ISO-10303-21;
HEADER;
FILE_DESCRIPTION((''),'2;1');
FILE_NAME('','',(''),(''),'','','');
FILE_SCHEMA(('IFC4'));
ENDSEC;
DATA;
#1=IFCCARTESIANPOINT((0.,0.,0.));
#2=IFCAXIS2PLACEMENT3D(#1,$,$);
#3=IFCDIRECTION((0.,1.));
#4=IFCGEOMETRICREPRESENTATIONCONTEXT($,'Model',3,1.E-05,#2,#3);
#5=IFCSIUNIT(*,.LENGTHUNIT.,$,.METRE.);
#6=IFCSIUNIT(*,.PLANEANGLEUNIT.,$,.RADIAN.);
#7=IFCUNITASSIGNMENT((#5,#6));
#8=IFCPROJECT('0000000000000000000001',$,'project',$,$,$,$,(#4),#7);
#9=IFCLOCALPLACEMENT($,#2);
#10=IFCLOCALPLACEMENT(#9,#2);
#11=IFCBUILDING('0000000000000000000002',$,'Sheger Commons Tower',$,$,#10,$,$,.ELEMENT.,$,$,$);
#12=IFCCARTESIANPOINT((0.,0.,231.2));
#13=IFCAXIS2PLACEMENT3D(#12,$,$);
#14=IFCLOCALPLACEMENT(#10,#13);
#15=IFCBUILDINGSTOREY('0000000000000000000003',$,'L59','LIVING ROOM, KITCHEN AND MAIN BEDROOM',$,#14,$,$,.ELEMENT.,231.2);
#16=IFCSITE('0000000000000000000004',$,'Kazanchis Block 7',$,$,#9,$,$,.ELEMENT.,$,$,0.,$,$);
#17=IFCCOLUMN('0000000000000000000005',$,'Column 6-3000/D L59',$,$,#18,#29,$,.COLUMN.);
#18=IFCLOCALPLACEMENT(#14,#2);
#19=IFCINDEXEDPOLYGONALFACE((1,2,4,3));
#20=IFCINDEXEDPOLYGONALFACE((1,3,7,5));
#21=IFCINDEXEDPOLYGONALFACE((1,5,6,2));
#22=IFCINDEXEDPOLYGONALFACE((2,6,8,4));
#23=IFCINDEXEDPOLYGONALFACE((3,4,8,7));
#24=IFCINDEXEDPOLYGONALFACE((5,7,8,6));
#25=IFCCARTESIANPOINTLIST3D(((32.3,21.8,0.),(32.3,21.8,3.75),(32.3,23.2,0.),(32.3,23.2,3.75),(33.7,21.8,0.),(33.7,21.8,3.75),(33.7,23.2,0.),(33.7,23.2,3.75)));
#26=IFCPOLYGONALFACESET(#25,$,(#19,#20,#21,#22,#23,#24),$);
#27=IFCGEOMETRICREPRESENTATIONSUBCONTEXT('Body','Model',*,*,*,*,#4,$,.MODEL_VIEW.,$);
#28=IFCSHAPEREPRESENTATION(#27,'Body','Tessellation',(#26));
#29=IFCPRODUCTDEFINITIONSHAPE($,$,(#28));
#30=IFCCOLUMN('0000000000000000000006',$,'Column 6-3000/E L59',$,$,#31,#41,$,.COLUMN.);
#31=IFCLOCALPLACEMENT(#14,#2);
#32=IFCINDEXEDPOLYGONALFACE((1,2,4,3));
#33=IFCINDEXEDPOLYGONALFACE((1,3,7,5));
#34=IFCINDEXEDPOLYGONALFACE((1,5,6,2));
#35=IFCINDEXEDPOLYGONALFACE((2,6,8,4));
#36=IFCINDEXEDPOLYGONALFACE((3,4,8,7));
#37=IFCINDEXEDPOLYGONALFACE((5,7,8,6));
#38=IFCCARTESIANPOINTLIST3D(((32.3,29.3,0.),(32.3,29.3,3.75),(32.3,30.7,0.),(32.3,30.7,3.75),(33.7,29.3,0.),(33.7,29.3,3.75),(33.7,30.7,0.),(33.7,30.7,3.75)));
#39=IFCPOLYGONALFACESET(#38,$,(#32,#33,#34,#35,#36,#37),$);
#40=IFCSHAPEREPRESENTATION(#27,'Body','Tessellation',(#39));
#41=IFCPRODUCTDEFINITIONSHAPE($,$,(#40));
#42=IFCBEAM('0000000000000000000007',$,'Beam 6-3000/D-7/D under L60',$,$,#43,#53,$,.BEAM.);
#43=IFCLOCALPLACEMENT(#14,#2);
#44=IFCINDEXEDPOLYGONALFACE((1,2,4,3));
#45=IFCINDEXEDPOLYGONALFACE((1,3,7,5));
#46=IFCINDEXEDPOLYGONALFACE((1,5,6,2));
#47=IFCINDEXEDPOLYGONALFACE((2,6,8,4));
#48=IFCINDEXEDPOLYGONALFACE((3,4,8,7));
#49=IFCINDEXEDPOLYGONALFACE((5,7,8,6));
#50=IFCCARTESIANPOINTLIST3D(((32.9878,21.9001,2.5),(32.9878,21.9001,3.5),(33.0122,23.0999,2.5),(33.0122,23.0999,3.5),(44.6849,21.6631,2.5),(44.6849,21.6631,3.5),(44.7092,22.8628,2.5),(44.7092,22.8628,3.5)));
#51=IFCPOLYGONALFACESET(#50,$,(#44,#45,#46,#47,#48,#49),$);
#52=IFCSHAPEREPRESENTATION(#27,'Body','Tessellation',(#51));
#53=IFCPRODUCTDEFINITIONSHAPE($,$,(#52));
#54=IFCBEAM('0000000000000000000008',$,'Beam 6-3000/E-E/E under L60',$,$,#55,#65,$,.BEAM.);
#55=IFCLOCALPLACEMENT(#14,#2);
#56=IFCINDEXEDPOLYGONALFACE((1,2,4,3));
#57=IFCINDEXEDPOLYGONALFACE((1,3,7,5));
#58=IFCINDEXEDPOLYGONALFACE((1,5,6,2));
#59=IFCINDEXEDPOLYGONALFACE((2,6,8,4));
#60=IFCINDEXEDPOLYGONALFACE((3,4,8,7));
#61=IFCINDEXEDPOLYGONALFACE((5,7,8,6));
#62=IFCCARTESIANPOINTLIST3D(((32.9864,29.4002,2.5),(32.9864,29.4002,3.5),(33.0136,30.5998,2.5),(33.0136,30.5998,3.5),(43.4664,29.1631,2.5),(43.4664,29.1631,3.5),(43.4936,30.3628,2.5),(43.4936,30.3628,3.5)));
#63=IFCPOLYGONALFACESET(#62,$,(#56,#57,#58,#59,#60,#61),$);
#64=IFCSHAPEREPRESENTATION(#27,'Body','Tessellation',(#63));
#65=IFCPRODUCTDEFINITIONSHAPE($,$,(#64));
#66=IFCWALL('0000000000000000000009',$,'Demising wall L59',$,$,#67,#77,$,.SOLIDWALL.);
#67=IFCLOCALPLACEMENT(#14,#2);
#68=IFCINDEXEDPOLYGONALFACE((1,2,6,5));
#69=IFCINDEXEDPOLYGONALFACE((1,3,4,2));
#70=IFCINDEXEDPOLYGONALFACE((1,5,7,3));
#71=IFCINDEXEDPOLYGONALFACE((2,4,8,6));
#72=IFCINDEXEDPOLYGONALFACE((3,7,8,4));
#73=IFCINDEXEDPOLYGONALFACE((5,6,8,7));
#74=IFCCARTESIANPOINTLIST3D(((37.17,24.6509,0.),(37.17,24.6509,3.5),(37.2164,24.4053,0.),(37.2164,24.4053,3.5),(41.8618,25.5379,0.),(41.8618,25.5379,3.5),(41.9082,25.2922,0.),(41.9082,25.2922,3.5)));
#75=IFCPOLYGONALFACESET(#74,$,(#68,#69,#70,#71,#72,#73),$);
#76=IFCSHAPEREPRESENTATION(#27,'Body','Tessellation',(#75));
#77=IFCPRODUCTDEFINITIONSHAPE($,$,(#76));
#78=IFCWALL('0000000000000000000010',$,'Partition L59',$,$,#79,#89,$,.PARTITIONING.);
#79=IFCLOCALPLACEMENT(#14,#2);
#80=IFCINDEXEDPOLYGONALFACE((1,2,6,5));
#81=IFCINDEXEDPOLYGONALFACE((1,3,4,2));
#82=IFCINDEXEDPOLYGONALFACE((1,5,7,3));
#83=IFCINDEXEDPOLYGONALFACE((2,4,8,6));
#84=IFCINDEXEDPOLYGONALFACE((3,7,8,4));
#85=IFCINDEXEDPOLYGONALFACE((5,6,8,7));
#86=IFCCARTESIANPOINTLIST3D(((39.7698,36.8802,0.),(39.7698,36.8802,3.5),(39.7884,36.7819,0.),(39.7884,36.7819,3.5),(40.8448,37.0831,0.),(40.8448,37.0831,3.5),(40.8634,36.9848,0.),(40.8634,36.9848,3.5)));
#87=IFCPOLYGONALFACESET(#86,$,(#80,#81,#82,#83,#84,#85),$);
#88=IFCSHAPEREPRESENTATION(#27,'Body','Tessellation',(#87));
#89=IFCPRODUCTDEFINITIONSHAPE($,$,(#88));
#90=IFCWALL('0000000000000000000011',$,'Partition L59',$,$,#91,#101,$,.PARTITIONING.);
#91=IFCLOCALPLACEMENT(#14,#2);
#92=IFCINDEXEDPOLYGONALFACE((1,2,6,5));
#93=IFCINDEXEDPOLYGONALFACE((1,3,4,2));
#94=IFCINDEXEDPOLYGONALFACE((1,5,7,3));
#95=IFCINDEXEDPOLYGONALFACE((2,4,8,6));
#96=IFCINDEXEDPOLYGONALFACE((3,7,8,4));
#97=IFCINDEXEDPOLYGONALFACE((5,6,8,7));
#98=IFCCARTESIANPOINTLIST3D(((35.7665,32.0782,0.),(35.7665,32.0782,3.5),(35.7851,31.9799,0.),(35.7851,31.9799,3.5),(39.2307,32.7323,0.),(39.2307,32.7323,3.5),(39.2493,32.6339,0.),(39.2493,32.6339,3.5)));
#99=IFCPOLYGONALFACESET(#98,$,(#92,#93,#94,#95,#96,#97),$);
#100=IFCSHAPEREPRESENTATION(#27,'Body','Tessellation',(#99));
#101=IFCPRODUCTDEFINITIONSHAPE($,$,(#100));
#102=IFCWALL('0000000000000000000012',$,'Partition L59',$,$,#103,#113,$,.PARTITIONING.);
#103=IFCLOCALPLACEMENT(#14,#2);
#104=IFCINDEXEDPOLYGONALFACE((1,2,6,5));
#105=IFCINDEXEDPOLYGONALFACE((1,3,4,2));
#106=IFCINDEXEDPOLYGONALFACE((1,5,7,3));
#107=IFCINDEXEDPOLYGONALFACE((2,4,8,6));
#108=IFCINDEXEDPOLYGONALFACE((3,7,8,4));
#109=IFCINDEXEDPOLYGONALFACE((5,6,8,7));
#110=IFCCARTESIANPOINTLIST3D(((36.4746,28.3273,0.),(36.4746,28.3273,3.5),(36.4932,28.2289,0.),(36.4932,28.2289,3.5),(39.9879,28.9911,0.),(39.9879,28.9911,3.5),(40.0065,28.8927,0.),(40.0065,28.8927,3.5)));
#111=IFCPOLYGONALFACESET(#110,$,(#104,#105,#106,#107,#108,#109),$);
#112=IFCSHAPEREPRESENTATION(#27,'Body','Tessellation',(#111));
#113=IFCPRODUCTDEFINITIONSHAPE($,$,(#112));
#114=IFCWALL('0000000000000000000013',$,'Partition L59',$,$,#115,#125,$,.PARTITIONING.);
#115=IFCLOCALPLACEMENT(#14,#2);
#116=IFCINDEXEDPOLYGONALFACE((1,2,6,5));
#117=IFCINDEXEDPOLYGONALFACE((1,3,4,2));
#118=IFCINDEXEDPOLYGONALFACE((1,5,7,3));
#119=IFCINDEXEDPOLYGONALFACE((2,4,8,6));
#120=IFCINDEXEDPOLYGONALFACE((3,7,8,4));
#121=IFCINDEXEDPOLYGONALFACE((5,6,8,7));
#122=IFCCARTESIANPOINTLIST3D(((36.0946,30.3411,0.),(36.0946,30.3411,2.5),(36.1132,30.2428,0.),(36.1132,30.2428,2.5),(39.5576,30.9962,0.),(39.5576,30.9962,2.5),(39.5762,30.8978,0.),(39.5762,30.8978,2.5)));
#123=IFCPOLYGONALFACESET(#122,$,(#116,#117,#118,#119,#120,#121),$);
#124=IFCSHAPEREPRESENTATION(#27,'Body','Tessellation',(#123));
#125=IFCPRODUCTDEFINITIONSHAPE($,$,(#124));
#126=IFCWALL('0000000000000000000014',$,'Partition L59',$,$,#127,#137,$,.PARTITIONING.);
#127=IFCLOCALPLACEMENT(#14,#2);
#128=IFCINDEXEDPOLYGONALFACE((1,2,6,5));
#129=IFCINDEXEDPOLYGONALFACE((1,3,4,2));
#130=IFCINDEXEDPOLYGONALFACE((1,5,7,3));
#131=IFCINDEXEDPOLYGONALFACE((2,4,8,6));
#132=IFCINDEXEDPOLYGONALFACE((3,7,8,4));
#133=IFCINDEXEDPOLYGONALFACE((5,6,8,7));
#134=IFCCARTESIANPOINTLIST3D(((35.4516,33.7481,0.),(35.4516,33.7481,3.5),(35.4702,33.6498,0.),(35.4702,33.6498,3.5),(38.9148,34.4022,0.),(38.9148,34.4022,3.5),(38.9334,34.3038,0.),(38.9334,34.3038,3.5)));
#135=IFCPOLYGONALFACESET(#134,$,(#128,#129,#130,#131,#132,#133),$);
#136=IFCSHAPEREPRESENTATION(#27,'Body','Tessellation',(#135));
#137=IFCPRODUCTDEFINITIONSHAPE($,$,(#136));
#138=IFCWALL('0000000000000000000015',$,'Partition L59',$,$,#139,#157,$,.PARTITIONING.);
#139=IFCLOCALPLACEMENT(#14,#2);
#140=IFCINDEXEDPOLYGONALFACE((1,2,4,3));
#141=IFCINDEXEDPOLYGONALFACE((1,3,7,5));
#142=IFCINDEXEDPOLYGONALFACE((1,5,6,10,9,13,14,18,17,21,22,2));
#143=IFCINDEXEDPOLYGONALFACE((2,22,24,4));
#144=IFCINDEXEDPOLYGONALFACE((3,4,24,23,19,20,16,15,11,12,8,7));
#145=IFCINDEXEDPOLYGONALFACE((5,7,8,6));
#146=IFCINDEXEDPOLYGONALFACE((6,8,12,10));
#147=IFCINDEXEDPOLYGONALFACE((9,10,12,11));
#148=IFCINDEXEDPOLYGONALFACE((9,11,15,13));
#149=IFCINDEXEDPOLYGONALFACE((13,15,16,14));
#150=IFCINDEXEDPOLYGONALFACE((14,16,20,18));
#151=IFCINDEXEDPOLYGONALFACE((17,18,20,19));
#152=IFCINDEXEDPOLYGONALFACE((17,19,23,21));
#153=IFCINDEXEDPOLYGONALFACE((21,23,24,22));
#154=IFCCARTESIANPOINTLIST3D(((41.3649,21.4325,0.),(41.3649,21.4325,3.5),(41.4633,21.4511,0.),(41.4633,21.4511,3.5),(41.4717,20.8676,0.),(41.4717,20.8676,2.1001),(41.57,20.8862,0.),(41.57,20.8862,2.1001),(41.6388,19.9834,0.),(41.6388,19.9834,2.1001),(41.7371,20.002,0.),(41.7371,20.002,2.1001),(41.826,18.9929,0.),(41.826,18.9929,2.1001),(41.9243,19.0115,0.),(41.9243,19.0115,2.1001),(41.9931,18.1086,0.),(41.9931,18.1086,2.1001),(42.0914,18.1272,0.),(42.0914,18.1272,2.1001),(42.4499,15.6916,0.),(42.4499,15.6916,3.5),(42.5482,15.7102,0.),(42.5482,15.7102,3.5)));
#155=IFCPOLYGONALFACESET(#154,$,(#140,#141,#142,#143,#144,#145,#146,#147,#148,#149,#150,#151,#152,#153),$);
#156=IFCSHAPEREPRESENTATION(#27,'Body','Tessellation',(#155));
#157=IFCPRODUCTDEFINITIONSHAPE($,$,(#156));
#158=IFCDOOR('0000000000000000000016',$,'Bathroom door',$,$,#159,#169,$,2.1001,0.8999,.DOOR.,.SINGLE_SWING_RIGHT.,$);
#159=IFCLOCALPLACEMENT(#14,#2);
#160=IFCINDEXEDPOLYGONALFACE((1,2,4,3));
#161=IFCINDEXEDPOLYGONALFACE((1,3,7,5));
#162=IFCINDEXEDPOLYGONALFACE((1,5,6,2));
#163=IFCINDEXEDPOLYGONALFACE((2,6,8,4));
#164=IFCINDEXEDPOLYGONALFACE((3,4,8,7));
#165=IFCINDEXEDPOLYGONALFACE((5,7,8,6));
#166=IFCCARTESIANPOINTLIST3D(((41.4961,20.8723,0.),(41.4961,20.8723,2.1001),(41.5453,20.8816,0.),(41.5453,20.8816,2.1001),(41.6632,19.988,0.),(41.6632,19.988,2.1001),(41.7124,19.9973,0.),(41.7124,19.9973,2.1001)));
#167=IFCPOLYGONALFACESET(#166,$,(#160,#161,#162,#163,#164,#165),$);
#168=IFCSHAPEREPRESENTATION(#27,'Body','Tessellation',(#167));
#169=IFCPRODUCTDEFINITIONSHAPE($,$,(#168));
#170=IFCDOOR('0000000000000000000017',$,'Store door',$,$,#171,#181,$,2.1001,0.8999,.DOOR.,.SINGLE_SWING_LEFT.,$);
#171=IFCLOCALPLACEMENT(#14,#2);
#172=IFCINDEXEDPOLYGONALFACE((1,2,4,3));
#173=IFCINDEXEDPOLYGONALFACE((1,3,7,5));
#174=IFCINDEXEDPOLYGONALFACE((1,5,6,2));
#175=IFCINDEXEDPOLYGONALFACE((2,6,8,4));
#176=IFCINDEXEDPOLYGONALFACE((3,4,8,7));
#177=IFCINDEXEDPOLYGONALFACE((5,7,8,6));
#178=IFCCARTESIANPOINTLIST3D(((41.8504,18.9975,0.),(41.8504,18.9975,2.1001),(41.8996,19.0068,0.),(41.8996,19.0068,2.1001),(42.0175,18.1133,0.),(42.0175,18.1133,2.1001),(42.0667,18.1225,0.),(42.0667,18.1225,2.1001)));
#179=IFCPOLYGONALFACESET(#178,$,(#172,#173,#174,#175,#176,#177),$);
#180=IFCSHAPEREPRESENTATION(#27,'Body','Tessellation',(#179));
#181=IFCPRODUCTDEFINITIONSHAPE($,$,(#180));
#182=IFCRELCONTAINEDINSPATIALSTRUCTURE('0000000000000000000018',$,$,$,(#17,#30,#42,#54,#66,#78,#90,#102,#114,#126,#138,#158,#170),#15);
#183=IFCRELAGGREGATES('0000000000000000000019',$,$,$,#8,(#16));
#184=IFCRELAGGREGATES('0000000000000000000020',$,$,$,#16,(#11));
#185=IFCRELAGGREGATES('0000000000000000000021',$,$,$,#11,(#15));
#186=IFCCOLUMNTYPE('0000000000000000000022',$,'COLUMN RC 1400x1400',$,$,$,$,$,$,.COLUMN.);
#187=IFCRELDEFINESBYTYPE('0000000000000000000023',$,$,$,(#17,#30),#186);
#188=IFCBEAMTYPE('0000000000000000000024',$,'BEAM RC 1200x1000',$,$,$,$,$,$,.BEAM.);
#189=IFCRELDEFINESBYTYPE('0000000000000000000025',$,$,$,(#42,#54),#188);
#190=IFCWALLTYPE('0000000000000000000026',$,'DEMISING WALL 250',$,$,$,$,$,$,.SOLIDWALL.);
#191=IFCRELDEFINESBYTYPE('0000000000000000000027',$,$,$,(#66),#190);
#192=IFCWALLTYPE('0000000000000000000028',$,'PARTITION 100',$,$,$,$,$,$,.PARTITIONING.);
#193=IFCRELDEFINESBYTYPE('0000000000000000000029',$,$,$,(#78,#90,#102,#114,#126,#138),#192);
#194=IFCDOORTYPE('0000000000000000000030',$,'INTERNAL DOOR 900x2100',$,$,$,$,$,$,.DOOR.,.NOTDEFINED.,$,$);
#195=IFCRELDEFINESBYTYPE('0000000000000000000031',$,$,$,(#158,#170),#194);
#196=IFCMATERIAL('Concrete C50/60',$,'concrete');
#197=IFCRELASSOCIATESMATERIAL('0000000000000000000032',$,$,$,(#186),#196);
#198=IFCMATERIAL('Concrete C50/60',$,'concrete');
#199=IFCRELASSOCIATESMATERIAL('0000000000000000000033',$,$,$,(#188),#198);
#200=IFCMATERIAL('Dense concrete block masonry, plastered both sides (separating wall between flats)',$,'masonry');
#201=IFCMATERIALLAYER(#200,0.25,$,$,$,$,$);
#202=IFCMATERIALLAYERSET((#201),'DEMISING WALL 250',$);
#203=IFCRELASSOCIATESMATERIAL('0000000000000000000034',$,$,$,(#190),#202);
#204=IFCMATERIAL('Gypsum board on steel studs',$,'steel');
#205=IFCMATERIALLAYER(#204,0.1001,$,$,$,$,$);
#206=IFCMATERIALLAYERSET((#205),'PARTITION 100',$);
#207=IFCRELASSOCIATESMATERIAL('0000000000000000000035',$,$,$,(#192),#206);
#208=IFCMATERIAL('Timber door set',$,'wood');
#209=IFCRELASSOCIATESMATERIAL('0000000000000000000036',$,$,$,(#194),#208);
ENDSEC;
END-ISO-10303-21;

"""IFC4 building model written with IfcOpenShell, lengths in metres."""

from ifc_helpers import new_model, si_unit, direction, frame, frame_2d, origin, origin_2d, place, context, subcontext, project, spatial, rectangle, extrude, material, layer, layer_set, material_profile, profile_set, type_object, element, fill, save


model = new_model("IFC4")

# Units and contexts
model_context = context("Model", 3, precision=1e-05, world=origin(), true_north=direction((0.0, 1.0)))
body_context = subcontext(model_context, "Body", "Model", "MODEL_VIEW")
ifc_project = project(units=[si_unit("LENGTHUNIT", "METRE"), si_unit("PLANEANGLEUNIT", "RADIAN")], contexts=[model_context])

# Site, building, storey
site_placement = place(None, origin())
site = spatial("IfcSite", under=ifc_project, at=site_placement, Name="Kazanchis Block 7", CompositionType="ELEMENT", RefElevation=0.0)
building_placement = place(site_placement, origin())
building = spatial("IfcBuilding", under=site, at=building_placement, Name="Sheger Commons Tower", CompositionType="ELEMENT")
storey_placement = place(building_placement, frame((0.0, 0.0, 231.2)))
storey = spatial("IfcBuildingStorey", under=building, at=storey_placement, Name="L59", Description="LIVING ROOM, KITCHEN AND MAIN BEDROOM", CompositionType="ELEMENT", Elevation=231.2)

# Columns
ifc_material_1 = material(Name="Concrete C50/60", Category="concrete")
ifc_material_profile_1 = material_profile(ifc_material_1, rectangle(XDim=1.3999, YDim=1.3999, at=origin_2d()), Name="RC 1400x1400")
ifc_profile_set_1 = profile_set([ifc_material_profile_1], Name="Concrete C50/60")
column_type = type_object("IfcColumnType", Name="COLUMN RC 1400x1400", PredefinedType="COLUMN", material=ifc_profile_set_1)
for number, where, z_axis, x_axis, name in (
    (1, (33.0, 22.5, 0.0), (0.0, 0.0, 1.0), (1.0, 0.0, 0.0), "Column 6-3000/D L59"),
    (2, (33.0, 30.0, 0.0), (0.0, 0.0, 1.0), (1.0, 0.0, 0.0), "Column 6-3000/E L59"),
):
    element("IfcColumn", number, at=place(storey_placement, frame(where, z_axis=z_axis, x_axis=x_axis)), inside=storey, type_object=column_type, Name=name, PredefinedType="COLUMN", context=body_context, shape_type="SweptSolid", body=[
        extrude(rectangle(XDim=1.3999, YDim=1.3999, at=origin_2d()), origin(), (0.0, 0.0, 1.0), 3.75),
    ])

# Beams
ifc_material_2 = material(Name="Concrete C50/60", Category="concrete")
ifc_material_profile_2 = material_profile(ifc_material_2, rectangle(XDim=1.2, YDim=1.0, at=origin_2d()), Name="RC 1200x1000")
ifc_profile_set_2 = profile_set([ifc_material_profile_2], Name="Concrete C50/60")
beam_type = type_object("IfcBeamType", Name="BEAM RC 1200x1000", PredefinedType="BEAM", material=ifc_profile_set_2)
beam_1_placement = place(storey_placement, frame((33.0, 22.5, 3.0), z_axis=(0.999795, -0.020263, 0.0), x_axis=(0.020263, 0.999795, 0.0)))
element("IfcBeam", 3, at=beam_1_placement, inside=storey, type_object=beam_type, Name="Beam 6-3000/D-7/D under L60", PredefinedType="BEAM", context=body_context, shape_type="SweptSolid", body=[
    extrude(rectangle(XDim=1.2, YDim=1.0, at=origin_2d()), origin(), (0.0, 0.0, 1.0), 11.6995),
])
beam_2_placement = place(storey_placement, frame((33.0, 30.0, 3.0), z_axis=(0.999744, -0.022615, 0.0), x_axis=(0.022615, 0.999744, 0.0)))
element("IfcBeam", 4, at=beam_2_placement, inside=storey, type_object=beam_type, Name="Beam 6-3000/E-E/E under L60", PredefinedType="BEAM", context=body_context, shape_type="SweptSolid", body=[
    extrude(rectangle(XDim=1.2, YDim=1.0, at=origin_2d()), origin(), (0.0, 0.0, 1.0), 10.4827),
])

# Walls
ifc_material_3 = material(Name="Dense concrete block masonry, plastered both sides (separating wall between flats)", Category="masonry")
ifc_layer_1 = layer(ifc_material_3, 0.25)
ifc_layer_set_1 = layer_set([ifc_layer_1], Name="DEMISING WALL 250")
wall_type_1 = type_object("IfcWallType", Name="DEMISING WALL 250", PredefinedType="SOLIDWALL", material=ifc_layer_set_1)
wall_1_placement = place(storey_placement, frame((41.885, 25.415, 0.0), z_axis=(0.0, 0.0, 1.0), x_axis=(-0.982597, -0.185752, 0.0)))
element("IfcWall", 5, at=wall_1_placement, inside=storey, type_object=wall_type_1, Name="Demising wall L59", PredefinedType="SOLIDWALL", context=body_context, shape_type="SweptSolid", body=[
    extrude(rectangle(XDim=4.7749, YDim=0.25, at=frame_2d((2.3875, 0.0))), origin(), (0.0, 0.0, 1.0), 3.5),
])
ifc_material_4 = material(Name="Gypsum board on steel studs", Category="steel")
ifc_layer_2 = layer(ifc_material_4, 0.1001)
ifc_layer_set_2 = layer_set([ifc_layer_2], Name="PARTITION 100")
wall_type_2 = type_object("IfcWallType", Name="PARTITION 100", PredefinedType="PARTITIONING", material=ifc_layer_set_2)
wall_2_placement = place(storey_placement, frame((40.854, 37.0339, 0.0), z_axis=(0.0, 0.0, 1.0), x_axis=(-0.982652, -0.185461, 0.0)))
element("IfcWall", 6, at=wall_2_placement, inside=storey, type_object=wall_type_2, Name="Partition L59", PredefinedType="PARTITIONING", context=body_context, shape_type="SweptSolid", body=[
    extrude(rectangle(XDim=1.094, YDim=0.1001, at=frame_2d((0.5469, 0.0))), origin(), (0.0, 0.0, 1.0), 3.5),
])
wall_3_placement = place(storey_placement, frame((39.24, 32.6831, 0.0), z_axis=(0.0, 0.0, 1.0), x_axis=(-0.982639, -0.18553, 0.0)))
element("IfcWall", 7, at=wall_3_placement, inside=storey, type_object=wall_type_2, Name="Partition L59", PredefinedType="PARTITIONING", context=body_context, shape_type="SweptSolid", body=[
    extrude(rectangle(XDim=3.5254, YDim=0.1001, at=frame_2d((1.7627, 0.0))), origin(), (0.0, 0.0, 1.0), 3.5),
])
wall_4_placement = place(storey_placement, frame((39.9971, 28.9419, 0.0), z_axis=(0.0, 0.0, 1.0), x_axis=(-0.982613, -0.185665, 0.0)))
element("IfcWall", 8, at=wall_4_placement, inside=storey, type_object=wall_type_2, Name="Partition L59", PredefinedType="PARTITIONING", context=body_context, shape_type="SweptSolid", body=[
    extrude(rectangle(XDim=3.5754, YDim=0.1001, at=frame_2d((1.7876, 0.0))), origin(), (0.0, 0.0, 1.0), 3.5),
])
wall_5_placement = place(storey_placement, frame((39.5669, 30.947, 0.0), z_axis=(0.0, 0.0, 1.0), x_axis=(-0.982576, -0.185861, 0.0)))
element("IfcWall", 9, at=wall_5_placement, inside=storey, type_object=wall_type_2, Name="Partition L59", PredefinedType="PARTITIONING", context=body_context, shape_type="SweptSolid", body=[
    extrude(rectangle(XDim=3.5244, YDim=0.1001, at=frame_2d((1.7622, 0.0))), origin(), (0.0, 0.0, 1.0), 2.5),
])
wall_6_placement = place(storey_placement, frame((38.9241, 34.353, 0.0), z_axis=(0.0, 0.0, 1.0), x_axis=(-0.982629, -0.185581, 0.0)))
element("IfcWall", 10, at=wall_6_placement, inside=storey, type_object=wall_type_2, Name="Partition L59", PredefinedType="PARTITIONING", context=body_context, shape_type="SweptSolid", body=[
    extrude(rectangle(XDim=3.5244, YDim=0.1001, at=frame_2d((1.7622, 0.0))), origin(), (0.0, 0.0, 1.0), 3.5),
])

# Wall, openings, doors
wall_7_placement = place(storey_placement, frame((41.4141, 21.4419, 0.0), z_axis=(0.0, 0.0, 1.0), x_axis=(0.185699, -0.982607, 0.0)))
wall_7 = element("IfcWall", 11, at=wall_7_placement, inside=storey, type_object=wall_type_2, Name="Partition L59", PredefinedType="PARTITIONING", context=body_context, shape_type="SweptSolid", body=[
    extrude(rectangle(XDim=5.8425, YDim=0.1001, at=frame_2d((2.9214, 0.0))), origin(), (0.0, 0.0, 1.0), 3.5),
])
opening_1_placement = place(wall_7_placement, frame((0.575, 0.0, 0.0)))
opening_1 = element("IfcOpeningElement", 12, at=opening_1_placement, cuts=wall_7, PredefinedType="OPENING", context=body_context, shape_type="SweptSolid", body=[
    extrude(rectangle(XDim=0.8999, YDim=2.1001, at=frame_2d((0.45, 1.05))), frame((0.0, 0.0601, 0.0), z_axis=(0.0, -1.0, 0.0), x_axis=(1.0, 0.0, 0.0)), (0.0, 0.0, 1.0), 0.1201),
])
opening_2_placement = place(wall_7_placement, frame((2.4829, 0.0, 0.0)))
opening_2 = element("IfcOpeningElement", 13, at=opening_2_placement, cuts=wall_7, PredefinedType="OPENING", context=body_context, shape_type="SweptSolid", body=[
    extrude(rectangle(XDim=0.8999, YDim=2.1001, at=frame_2d((0.45, 1.05))), frame((0.0, 0.0601, 0.0), z_axis=(0.0, -1.0, 0.0), x_axis=(1.0, 0.0, 0.0)), (0.0, 0.0, 1.0), 0.1201),
])
ifc_material_5 = material(Name="Timber door set", Category="wood")
door_type_1 = type_object("IfcDoorType", Name="INTERNAL DOOR 900x2100", OperationType="NOTDEFINED", PredefinedType="DOOR", material=ifc_material_5)
door_1_placement = place(opening_1_placement, origin())
door_1 = element("IfcDoor", 14, at=door_1_placement, inside=storey, type_object=door_type_1, Name="Bathroom door", OperationType="SINGLE_SWING_RIGHT", OverallHeight=2.1001, OverallWidth=0.8999, PredefinedType="DOOR", context=body_context, shape_type="SweptSolid", body=[
    extrude(rectangle(XDim=0.8999, YDim=2.1001, at=frame_2d((0.45, 1.05))), frame((0.0, 0.0249, 0.0), z_axis=(0.0, -1.0, 0.0), x_axis=(1.0, 0.0, 0.0)), (0.0, 0.0, 1.0), 0.05),
])
fill(opening_1, door_1)
door_2_placement = place(opening_2_placement, origin())
door_2 = element("IfcDoor", 15, at=door_2_placement, inside=storey, type_object=door_type_1, Name="Store door", OperationType="SINGLE_SWING_LEFT", OverallHeight=2.1001, OverallWidth=0.8999, PredefinedType="DOOR", context=body_context, shape_type="SweptSolid", body=[
    extrude(rectangle(XDim=0.8999, YDim=2.1001, at=frame_2d((0.45, 1.05))), frame((0.0, 0.0249, 0.0), z_axis=(0.0, -1.0, 0.0), x_axis=(1.0, 0.0, 0.0)), (0.0, 0.0, 1.0), 0.05),
])
fill(opening_2, door_2)

save(model, "model.ifc")
